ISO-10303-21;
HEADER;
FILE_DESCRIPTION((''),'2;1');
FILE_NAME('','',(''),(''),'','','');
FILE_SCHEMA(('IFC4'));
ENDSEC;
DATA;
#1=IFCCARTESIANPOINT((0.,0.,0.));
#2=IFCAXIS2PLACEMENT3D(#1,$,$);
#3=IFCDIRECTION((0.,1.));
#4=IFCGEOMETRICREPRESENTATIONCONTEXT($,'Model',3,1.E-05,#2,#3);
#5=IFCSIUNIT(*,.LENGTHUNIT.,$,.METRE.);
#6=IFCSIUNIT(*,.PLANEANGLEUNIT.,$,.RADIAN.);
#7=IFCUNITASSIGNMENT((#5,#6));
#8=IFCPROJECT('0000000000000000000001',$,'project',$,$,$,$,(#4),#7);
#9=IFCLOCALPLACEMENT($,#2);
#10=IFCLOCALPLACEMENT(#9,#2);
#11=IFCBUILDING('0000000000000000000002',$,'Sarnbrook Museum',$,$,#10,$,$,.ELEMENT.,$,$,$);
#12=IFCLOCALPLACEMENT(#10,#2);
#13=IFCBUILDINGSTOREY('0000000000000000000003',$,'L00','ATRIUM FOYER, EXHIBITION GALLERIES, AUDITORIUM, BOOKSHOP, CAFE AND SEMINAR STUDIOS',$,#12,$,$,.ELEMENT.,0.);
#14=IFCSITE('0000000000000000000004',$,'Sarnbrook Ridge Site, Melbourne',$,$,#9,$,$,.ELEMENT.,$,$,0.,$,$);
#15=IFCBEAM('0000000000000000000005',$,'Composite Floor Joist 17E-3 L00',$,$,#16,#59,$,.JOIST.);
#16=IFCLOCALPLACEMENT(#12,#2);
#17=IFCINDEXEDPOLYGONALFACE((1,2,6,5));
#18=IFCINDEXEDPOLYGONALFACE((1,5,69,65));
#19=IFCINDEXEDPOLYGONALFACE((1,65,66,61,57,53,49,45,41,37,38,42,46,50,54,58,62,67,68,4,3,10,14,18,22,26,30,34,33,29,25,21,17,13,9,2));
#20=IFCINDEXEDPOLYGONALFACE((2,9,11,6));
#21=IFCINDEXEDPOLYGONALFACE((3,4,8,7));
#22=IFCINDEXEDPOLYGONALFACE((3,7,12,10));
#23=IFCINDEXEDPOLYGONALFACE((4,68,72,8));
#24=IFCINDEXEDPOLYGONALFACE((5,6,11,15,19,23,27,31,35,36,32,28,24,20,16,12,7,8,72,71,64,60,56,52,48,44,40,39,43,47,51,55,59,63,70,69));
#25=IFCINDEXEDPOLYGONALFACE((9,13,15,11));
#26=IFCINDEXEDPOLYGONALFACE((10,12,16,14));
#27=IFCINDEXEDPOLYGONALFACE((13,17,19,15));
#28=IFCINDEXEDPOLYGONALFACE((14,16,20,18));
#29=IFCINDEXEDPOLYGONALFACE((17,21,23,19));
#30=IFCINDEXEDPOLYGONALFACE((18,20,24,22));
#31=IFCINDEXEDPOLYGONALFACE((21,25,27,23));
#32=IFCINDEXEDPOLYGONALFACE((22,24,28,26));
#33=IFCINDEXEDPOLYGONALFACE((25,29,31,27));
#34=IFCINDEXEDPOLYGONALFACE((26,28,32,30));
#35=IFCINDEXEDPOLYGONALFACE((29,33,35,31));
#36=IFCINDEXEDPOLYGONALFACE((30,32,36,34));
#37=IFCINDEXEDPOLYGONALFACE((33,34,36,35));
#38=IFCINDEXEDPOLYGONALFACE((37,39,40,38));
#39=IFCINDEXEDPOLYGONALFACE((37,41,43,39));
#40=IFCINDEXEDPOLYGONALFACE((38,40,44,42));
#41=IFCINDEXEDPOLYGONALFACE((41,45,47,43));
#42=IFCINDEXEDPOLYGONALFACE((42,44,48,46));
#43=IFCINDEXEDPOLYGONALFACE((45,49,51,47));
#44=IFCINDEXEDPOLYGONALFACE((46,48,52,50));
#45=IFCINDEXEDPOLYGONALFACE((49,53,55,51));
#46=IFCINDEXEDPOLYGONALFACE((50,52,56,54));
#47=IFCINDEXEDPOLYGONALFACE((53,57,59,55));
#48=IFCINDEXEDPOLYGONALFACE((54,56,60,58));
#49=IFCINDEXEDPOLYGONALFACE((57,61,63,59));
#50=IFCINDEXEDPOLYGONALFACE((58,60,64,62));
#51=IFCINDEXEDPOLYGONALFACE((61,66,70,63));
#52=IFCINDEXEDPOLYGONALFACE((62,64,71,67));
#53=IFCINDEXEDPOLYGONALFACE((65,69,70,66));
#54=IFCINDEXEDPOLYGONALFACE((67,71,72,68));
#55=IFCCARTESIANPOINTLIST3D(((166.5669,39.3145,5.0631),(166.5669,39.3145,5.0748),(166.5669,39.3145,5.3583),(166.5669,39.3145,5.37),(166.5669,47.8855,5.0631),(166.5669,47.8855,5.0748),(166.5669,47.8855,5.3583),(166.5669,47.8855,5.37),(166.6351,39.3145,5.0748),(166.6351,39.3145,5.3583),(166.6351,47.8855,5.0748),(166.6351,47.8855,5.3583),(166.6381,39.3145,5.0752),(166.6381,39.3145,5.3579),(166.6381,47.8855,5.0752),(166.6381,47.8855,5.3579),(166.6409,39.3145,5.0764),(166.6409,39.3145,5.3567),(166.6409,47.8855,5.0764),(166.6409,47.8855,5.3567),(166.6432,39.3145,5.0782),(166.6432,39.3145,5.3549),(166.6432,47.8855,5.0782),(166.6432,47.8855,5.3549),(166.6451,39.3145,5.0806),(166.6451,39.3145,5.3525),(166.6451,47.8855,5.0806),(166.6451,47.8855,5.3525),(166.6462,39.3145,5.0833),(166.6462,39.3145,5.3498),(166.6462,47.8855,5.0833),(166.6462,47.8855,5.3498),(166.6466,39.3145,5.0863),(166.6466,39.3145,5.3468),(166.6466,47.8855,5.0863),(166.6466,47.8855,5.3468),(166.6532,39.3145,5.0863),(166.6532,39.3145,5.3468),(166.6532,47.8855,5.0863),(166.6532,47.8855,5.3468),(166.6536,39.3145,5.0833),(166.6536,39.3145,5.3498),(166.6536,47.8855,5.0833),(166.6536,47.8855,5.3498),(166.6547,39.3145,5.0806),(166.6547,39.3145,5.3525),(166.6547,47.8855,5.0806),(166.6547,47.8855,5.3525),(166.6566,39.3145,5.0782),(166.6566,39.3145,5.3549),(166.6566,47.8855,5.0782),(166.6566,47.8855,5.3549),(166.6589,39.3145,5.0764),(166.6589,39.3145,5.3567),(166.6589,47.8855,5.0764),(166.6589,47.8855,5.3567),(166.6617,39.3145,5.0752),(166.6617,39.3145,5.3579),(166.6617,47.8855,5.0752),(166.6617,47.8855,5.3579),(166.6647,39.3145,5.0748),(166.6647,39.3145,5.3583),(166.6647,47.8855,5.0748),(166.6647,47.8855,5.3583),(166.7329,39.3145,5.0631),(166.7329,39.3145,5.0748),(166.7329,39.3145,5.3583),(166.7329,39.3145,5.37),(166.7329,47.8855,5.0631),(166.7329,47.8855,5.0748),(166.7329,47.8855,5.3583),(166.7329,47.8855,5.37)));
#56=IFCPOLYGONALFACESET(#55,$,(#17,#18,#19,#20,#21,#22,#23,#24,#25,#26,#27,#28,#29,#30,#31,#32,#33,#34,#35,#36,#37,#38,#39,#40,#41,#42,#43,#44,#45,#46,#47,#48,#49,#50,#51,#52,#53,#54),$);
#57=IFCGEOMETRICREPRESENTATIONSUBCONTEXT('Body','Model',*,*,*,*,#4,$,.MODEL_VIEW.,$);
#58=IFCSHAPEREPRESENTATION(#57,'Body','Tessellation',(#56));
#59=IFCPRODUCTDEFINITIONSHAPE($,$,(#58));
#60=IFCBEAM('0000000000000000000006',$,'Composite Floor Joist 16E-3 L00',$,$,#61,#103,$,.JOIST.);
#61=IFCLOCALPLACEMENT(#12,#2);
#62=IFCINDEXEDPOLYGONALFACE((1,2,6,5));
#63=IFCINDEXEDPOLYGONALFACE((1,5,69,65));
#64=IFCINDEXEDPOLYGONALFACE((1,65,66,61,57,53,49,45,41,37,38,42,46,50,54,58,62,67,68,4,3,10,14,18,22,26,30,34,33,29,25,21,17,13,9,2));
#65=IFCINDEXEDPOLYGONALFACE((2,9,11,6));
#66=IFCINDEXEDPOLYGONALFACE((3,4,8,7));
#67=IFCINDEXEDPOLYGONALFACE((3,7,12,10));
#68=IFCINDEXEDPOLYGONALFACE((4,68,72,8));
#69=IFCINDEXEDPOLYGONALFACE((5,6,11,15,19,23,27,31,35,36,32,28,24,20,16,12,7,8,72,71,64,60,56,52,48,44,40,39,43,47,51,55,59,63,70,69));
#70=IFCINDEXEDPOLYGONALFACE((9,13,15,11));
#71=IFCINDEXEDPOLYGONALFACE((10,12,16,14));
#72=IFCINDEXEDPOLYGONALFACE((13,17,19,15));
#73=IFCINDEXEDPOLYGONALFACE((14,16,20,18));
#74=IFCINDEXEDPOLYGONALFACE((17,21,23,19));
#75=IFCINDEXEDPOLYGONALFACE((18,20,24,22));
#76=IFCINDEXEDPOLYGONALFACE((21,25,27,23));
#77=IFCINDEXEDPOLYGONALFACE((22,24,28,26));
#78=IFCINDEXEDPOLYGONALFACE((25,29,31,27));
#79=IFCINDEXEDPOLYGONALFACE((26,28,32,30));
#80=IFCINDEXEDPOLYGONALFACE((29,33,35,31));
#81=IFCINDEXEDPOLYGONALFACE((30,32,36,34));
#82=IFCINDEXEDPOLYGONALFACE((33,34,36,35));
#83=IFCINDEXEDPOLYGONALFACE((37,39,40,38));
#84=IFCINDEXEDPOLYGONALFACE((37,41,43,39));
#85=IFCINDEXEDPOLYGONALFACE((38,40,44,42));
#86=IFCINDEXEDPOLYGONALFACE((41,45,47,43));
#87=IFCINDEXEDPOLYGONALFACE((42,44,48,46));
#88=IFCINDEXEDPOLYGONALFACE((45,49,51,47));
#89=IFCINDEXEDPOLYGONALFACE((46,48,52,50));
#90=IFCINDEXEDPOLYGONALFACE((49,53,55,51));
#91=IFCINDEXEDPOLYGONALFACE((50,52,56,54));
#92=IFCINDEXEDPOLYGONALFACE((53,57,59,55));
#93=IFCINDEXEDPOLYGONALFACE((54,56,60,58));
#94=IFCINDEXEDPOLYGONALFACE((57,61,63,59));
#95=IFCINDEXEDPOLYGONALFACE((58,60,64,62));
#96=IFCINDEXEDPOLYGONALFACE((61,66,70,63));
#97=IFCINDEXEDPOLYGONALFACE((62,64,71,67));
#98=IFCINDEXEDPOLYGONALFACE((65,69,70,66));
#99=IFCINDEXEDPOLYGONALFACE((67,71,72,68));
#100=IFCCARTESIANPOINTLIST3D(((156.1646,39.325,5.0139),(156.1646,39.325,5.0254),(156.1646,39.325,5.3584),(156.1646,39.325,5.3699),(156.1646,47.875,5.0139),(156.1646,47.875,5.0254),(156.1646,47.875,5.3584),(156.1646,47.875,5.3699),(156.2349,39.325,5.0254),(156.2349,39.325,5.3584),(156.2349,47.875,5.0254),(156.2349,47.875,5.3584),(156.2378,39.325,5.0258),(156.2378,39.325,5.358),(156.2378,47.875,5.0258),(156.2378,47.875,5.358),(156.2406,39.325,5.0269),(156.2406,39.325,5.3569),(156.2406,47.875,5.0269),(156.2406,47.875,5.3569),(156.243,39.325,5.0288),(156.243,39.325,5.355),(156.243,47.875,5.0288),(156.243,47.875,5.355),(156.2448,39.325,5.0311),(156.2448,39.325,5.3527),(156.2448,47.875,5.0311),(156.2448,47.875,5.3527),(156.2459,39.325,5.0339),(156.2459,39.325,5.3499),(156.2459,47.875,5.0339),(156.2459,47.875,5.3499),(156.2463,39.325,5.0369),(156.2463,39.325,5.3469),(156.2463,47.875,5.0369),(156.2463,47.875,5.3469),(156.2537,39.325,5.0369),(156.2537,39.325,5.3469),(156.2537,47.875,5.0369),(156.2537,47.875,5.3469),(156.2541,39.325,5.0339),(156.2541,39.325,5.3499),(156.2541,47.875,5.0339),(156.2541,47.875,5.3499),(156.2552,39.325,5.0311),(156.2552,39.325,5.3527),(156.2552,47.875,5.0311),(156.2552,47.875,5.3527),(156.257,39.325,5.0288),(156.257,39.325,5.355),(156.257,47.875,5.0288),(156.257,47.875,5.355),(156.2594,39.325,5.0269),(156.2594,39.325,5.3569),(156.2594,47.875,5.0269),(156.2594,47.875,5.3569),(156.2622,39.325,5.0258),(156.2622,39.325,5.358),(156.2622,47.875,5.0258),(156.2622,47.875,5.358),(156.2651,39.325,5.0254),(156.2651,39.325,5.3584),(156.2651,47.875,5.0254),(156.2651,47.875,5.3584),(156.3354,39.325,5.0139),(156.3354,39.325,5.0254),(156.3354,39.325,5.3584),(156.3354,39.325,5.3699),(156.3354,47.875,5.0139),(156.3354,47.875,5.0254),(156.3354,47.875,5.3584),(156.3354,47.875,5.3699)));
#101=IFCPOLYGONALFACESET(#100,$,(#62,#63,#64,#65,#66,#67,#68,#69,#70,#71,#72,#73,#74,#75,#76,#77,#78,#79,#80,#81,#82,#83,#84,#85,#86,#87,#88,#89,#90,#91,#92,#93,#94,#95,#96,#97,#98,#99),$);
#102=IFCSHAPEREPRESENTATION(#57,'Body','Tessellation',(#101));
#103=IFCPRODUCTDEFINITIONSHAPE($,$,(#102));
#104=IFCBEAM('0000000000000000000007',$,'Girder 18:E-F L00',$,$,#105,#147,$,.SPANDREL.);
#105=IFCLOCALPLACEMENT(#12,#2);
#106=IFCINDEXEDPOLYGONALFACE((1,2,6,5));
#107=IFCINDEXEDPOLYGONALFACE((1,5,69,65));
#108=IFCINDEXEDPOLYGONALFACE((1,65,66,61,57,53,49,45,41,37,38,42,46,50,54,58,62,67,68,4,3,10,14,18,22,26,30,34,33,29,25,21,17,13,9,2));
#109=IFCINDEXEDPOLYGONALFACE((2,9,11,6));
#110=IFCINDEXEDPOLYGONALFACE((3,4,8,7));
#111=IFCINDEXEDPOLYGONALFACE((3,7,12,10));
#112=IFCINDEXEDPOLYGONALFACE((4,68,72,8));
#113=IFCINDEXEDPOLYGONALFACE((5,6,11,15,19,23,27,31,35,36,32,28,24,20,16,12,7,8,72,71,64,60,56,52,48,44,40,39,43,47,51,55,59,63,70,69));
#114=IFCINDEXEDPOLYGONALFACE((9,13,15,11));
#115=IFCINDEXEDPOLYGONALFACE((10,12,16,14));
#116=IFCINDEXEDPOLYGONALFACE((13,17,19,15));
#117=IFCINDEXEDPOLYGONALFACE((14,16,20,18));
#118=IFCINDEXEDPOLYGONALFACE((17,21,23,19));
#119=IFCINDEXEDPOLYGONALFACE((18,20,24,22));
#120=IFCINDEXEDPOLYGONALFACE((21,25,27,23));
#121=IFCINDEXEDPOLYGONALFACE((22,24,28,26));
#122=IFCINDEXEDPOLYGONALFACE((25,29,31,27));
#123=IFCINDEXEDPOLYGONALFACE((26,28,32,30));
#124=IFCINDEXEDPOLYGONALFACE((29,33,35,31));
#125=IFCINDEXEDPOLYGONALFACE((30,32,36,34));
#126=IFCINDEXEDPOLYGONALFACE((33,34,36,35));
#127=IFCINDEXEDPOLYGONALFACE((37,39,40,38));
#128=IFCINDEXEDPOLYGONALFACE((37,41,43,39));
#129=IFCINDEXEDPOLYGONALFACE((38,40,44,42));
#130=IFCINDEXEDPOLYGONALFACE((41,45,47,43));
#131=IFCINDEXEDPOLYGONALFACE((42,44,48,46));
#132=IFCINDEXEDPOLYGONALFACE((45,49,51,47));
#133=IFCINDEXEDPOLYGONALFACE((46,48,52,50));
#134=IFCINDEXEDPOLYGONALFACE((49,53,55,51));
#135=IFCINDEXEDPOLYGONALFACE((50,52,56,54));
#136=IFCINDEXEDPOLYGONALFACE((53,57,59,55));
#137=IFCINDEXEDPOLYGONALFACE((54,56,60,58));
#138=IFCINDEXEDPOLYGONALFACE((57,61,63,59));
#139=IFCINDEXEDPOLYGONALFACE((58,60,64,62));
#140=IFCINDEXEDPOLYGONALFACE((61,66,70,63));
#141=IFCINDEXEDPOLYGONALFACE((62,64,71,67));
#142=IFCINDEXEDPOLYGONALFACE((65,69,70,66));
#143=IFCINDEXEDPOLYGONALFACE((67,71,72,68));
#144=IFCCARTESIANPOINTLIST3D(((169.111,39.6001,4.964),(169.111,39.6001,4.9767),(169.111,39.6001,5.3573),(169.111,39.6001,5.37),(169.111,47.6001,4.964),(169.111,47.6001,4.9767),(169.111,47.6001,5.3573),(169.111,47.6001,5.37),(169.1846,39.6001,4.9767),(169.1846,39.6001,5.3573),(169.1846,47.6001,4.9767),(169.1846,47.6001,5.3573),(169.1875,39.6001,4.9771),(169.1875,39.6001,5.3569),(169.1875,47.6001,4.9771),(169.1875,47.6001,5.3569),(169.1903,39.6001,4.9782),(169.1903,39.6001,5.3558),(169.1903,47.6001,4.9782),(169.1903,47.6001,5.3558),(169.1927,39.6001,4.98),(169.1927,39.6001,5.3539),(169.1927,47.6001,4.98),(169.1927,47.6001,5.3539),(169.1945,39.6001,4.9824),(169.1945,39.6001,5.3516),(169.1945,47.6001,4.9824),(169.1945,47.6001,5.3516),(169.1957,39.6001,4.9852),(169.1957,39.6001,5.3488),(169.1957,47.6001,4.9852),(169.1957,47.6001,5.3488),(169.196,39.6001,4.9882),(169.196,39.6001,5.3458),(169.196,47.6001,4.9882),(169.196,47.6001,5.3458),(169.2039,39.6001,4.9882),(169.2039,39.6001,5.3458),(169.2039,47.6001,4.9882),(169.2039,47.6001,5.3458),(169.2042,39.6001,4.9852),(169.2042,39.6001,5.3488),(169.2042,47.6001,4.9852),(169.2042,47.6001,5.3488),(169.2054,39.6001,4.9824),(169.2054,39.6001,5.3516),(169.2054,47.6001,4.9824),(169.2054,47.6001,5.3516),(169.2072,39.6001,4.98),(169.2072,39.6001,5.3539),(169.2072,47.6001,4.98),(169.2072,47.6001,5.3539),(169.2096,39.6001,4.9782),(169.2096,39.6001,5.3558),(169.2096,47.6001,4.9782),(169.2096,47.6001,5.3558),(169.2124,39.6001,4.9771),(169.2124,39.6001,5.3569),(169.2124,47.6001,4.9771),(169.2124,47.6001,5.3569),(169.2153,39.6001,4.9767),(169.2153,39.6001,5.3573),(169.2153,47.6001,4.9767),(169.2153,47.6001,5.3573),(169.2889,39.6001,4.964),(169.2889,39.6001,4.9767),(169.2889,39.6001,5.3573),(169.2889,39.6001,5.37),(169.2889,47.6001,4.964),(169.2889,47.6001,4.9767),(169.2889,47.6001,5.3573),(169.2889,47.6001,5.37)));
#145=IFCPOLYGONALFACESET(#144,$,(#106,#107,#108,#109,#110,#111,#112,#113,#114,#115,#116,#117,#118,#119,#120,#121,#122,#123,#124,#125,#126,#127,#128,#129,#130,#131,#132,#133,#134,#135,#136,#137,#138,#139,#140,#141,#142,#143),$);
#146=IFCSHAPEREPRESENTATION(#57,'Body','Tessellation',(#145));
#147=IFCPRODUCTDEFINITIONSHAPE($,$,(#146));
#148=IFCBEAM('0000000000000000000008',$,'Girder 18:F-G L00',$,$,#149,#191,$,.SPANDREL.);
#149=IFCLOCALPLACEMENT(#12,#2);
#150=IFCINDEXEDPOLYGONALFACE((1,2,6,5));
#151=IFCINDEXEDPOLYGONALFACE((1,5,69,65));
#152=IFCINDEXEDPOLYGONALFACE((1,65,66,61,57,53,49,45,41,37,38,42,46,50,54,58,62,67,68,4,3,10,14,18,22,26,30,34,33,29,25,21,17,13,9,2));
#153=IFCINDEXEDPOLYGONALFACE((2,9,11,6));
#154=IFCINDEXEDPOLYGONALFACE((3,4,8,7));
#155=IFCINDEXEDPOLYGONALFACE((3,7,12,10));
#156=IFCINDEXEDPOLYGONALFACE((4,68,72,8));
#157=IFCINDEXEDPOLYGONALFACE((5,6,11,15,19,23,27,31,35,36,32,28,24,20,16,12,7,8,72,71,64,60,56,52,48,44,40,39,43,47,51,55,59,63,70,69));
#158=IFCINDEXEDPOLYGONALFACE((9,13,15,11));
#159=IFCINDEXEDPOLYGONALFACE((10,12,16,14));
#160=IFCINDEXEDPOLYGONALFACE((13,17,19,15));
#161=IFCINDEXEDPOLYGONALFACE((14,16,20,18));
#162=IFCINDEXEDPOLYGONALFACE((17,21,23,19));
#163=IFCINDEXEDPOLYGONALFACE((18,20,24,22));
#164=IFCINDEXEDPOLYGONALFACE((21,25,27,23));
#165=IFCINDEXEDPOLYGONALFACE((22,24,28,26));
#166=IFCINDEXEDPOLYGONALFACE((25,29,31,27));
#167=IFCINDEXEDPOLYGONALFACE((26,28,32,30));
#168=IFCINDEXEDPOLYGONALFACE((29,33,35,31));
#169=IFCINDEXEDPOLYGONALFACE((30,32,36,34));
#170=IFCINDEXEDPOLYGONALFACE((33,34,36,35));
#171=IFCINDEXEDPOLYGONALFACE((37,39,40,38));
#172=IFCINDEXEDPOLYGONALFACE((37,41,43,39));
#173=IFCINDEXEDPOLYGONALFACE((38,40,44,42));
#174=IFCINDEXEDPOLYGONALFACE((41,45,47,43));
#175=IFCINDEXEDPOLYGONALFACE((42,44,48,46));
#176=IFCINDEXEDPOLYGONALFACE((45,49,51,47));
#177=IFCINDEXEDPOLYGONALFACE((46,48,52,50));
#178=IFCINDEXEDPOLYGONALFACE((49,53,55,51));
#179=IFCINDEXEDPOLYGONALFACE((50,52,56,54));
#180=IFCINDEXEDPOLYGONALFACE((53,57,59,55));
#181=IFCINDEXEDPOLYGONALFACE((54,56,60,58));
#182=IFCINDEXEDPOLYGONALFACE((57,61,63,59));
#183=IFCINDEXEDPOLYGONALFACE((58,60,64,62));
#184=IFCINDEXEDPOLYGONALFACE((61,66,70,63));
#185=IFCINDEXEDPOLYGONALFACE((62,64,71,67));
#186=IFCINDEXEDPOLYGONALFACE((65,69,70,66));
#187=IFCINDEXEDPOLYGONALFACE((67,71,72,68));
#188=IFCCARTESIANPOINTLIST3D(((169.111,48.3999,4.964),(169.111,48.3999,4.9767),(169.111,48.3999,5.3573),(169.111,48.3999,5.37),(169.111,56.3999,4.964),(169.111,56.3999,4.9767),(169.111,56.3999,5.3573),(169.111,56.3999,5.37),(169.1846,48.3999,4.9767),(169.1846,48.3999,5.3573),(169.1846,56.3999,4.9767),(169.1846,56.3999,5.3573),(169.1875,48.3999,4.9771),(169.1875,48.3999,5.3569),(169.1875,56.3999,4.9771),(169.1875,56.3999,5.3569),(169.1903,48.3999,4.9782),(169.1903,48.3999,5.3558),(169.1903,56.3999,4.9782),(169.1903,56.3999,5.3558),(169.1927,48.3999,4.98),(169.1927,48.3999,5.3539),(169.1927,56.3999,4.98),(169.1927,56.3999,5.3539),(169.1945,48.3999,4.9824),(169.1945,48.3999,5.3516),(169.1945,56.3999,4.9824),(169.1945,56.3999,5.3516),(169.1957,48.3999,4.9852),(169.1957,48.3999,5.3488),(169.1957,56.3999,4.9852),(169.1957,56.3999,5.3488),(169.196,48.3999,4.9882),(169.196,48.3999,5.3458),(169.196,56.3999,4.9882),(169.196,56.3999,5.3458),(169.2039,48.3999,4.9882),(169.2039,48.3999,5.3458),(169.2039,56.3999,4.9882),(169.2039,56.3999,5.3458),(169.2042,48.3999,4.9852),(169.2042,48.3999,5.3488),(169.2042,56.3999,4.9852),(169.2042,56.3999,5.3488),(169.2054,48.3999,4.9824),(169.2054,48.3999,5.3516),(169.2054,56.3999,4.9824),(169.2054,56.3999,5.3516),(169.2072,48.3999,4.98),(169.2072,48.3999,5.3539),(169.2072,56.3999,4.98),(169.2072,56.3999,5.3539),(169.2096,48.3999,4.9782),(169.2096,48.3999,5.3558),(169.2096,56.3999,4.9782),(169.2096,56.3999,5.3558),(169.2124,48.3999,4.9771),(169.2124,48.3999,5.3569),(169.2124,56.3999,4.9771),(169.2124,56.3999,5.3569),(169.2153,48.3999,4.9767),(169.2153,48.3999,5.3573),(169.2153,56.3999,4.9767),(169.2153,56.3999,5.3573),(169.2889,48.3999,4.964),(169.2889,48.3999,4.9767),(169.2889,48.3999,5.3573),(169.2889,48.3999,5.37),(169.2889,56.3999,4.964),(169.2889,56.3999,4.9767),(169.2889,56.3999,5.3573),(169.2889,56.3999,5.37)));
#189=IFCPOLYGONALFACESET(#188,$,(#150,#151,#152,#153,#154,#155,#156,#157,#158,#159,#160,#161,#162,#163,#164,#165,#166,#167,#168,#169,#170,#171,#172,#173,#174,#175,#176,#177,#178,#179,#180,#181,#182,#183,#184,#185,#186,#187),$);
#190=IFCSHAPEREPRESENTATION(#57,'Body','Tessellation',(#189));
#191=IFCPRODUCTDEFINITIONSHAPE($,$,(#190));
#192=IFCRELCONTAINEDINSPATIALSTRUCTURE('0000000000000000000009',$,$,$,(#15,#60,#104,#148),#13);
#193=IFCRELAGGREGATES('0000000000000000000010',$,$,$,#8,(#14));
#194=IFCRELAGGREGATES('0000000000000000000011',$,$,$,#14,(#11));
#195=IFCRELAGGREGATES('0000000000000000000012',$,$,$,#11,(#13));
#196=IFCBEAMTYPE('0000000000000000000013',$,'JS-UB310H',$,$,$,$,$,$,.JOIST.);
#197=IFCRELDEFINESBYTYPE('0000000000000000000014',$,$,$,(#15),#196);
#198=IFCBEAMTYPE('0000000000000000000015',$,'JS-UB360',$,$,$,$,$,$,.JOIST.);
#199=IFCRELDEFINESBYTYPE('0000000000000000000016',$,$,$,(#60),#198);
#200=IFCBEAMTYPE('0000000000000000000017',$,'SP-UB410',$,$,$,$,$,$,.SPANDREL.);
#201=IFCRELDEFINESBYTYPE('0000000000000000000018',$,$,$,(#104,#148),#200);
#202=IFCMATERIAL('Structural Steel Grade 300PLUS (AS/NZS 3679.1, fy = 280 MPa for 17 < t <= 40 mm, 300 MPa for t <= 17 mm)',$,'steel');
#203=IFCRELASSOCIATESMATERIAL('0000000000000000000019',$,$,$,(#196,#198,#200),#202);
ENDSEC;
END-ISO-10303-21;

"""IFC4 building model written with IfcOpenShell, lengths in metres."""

from ifc_helpers import new_model, si_unit, direction, frame, origin, origin_2d, place, context, subcontext, project, spatial, i_section, extrude, material, material_profile, profile_set, type_object, element, save


model = new_model("IFC4")

# Units and contexts
model_context = context("Model", 3, precision=1e-05, world=origin(), true_north=direction((0.0, 1.0)))
body_context = subcontext(model_context, "Body", "Model", "MODEL_VIEW")
ifc_project = project(units=[si_unit("LENGTHUNIT", "METRE"), si_unit("PLANEANGLEUNIT", "RADIAN")], contexts=[model_context])

# Site, building, storey
site_placement = place(None, origin())
site = spatial("IfcSite", under=ifc_project, at=site_placement, Name="Sarnbrook Ridge Site, Melbourne", CompositionType="ELEMENT", RefElevation=0.0)
building_placement = place(site_placement, origin())
building = spatial("IfcBuilding", under=site, at=building_placement, Name="Sarnbrook Museum", CompositionType="ELEMENT")
storey_placement = place(building_placement, origin())
storey = spatial("IfcBuildingStorey", under=building, at=storey_placement, Name="L00", Description="ATRIUM FOYER, EXHIBITION GALLERIES, AUDITORIUM, BOOKSHOP, CAFE AND SEMINAR STUDIOS", CompositionType="ELEMENT", Elevation=0.0)

# Beams
ifc_material_1 = material(Name="Structural Steel Grade 300PLUS (AS/NZS 3679.1, fy = 280 MPa for 17 < t <= 40 mm, 300 MPa for t <= 17 mm)", Category="steel")
ifc_material_profile_1 = material_profile(ifc_material_1, i_section(OverallWidth=0.166, OverallDepth=0.3069, WebThickness=0.0066, FlangeThickness=0.0117, FilletRadius=0.0115, at=origin_2d()), Name="310UB46.2")
ifc_profile_set_1 = profile_set([ifc_material_profile_1], Name="Structural Steel Grade 300PLUS (AS/NZS 3679.1, fy = 280 MPa for 17 < t <= 40 mm, 300 MPa for t <= 17 mm)")
beam_type_1 = type_object("IfcBeamType", Name="JS-UB310H", PredefinedType="JOIST", material=ifc_profile_set_1)
for number, where, z_axis, x_axis, name in (
    (1, (166.6499, 39.3145, 5.2166), (0.0, 1.0, 0.0), (-1.0, 0.0, 0.0), "Composite Floor Joist 17E-3 L00"),
):
    element("IfcBeam", number, at=place(storey_placement, frame(where, z_axis=z_axis, x_axis=x_axis)), inside=storey, type_object=beam_type_1, Name=name, PredefinedType="JOIST", context=body_context, shape_type="SweptSolid", body=[
        extrude(i_section(OverallWidth=0.166, OverallDepth=0.3069, WebThickness=0.0066, FlangeThickness=0.0117, FilletRadius=0.0115, at=origin_2d()), origin(), (0.0, 0.0, 1.0), 8.571),
    ])
ifc_material_profile_2 = material_profile(ifc_material_1, i_section(OverallWidth=0.1709, OverallDepth=0.356, WebThickness=0.0073, FlangeThickness=0.0115, FilletRadius=0.0115, at=origin_2d()), Name="360UB50.7")
ifc_profile_set_2 = profile_set([ifc_material_profile_2], Name="Structural Steel Grade 300PLUS (AS/NZS 3679.1, fy = 280 MPa for 17 < t <= 40 mm, 300 MPa for t <= 17 mm)")
beam_type_2 = type_object("IfcBeamType", Name="JS-UB360", PredefinedType="JOIST", material=ifc_profile_set_2)
beam_1_placement = place(storey_placement, frame((156.25, 39.325, 5.1919), z_axis=(0.0, 1.0, 0.0), x_axis=(-1.0, 0.0, 0.0)))
element("IfcBeam", 2, at=beam_1_placement, inside=storey, type_object=beam_type_2, Name="Composite Floor Joist 16E-3 L00", PredefinedType="JOIST", context=body_context, shape_type="SweptSolid", body=[
    extrude(i_section(OverallWidth=0.1709, OverallDepth=0.356, WebThickness=0.0073, FlangeThickness=0.0115, FilletRadius=0.0115, at=origin_2d()), origin(), (0.0, 0.0, 1.0), 8.55),
])
ifc_material_profile_3 = material_profile(ifc_material_1, i_section(OverallWidth=0.178, OverallDepth=0.406, WebThickness=0.0078, FlangeThickness=0.0127, FilletRadius=0.0115, at=origin_2d()), Name="410UB59.7")
ifc_profile_set_3 = profile_set([ifc_material_profile_3], Name="Structural Steel Grade 300PLUS (AS/NZS 3679.1, fy = 280 MPa for 17 < t <= 40 mm, 300 MPa for t <= 17 mm)")
beam_type_3 = type_object("IfcBeamType", Name="SP-UB410", PredefinedType="SPANDREL", material=ifc_profile_set_3)
for number, where, z_axis, x_axis, name in (
    (3, (169.2, 39.6001, 5.167), (0.0, 1.0, 0.0), (-1.0, 0.0, 0.0), "Girder 18:E-F L00"),
    (4, (169.2, 48.3999, 5.167), (0.0, 1.0, 0.0), (-1.0, 0.0, 0.0), "Girder 18:F-G L00"),
):
    element("IfcBeam", number, at=place(storey_placement, frame(where, z_axis=z_axis, x_axis=x_axis)), inside=storey, type_object=beam_type_3, Name=name, PredefinedType="SPANDREL", context=body_context, shape_type="SweptSolid", body=[
        extrude(i_section(OverallWidth=0.178, OverallDepth=0.406, WebThickness=0.0078, FlangeThickness=0.0127, FilletRadius=0.0115, at=origin_2d()), origin(), (0.0, 0.0, 1.0), 8.0),
    ])

save(model, "model.ifc")
